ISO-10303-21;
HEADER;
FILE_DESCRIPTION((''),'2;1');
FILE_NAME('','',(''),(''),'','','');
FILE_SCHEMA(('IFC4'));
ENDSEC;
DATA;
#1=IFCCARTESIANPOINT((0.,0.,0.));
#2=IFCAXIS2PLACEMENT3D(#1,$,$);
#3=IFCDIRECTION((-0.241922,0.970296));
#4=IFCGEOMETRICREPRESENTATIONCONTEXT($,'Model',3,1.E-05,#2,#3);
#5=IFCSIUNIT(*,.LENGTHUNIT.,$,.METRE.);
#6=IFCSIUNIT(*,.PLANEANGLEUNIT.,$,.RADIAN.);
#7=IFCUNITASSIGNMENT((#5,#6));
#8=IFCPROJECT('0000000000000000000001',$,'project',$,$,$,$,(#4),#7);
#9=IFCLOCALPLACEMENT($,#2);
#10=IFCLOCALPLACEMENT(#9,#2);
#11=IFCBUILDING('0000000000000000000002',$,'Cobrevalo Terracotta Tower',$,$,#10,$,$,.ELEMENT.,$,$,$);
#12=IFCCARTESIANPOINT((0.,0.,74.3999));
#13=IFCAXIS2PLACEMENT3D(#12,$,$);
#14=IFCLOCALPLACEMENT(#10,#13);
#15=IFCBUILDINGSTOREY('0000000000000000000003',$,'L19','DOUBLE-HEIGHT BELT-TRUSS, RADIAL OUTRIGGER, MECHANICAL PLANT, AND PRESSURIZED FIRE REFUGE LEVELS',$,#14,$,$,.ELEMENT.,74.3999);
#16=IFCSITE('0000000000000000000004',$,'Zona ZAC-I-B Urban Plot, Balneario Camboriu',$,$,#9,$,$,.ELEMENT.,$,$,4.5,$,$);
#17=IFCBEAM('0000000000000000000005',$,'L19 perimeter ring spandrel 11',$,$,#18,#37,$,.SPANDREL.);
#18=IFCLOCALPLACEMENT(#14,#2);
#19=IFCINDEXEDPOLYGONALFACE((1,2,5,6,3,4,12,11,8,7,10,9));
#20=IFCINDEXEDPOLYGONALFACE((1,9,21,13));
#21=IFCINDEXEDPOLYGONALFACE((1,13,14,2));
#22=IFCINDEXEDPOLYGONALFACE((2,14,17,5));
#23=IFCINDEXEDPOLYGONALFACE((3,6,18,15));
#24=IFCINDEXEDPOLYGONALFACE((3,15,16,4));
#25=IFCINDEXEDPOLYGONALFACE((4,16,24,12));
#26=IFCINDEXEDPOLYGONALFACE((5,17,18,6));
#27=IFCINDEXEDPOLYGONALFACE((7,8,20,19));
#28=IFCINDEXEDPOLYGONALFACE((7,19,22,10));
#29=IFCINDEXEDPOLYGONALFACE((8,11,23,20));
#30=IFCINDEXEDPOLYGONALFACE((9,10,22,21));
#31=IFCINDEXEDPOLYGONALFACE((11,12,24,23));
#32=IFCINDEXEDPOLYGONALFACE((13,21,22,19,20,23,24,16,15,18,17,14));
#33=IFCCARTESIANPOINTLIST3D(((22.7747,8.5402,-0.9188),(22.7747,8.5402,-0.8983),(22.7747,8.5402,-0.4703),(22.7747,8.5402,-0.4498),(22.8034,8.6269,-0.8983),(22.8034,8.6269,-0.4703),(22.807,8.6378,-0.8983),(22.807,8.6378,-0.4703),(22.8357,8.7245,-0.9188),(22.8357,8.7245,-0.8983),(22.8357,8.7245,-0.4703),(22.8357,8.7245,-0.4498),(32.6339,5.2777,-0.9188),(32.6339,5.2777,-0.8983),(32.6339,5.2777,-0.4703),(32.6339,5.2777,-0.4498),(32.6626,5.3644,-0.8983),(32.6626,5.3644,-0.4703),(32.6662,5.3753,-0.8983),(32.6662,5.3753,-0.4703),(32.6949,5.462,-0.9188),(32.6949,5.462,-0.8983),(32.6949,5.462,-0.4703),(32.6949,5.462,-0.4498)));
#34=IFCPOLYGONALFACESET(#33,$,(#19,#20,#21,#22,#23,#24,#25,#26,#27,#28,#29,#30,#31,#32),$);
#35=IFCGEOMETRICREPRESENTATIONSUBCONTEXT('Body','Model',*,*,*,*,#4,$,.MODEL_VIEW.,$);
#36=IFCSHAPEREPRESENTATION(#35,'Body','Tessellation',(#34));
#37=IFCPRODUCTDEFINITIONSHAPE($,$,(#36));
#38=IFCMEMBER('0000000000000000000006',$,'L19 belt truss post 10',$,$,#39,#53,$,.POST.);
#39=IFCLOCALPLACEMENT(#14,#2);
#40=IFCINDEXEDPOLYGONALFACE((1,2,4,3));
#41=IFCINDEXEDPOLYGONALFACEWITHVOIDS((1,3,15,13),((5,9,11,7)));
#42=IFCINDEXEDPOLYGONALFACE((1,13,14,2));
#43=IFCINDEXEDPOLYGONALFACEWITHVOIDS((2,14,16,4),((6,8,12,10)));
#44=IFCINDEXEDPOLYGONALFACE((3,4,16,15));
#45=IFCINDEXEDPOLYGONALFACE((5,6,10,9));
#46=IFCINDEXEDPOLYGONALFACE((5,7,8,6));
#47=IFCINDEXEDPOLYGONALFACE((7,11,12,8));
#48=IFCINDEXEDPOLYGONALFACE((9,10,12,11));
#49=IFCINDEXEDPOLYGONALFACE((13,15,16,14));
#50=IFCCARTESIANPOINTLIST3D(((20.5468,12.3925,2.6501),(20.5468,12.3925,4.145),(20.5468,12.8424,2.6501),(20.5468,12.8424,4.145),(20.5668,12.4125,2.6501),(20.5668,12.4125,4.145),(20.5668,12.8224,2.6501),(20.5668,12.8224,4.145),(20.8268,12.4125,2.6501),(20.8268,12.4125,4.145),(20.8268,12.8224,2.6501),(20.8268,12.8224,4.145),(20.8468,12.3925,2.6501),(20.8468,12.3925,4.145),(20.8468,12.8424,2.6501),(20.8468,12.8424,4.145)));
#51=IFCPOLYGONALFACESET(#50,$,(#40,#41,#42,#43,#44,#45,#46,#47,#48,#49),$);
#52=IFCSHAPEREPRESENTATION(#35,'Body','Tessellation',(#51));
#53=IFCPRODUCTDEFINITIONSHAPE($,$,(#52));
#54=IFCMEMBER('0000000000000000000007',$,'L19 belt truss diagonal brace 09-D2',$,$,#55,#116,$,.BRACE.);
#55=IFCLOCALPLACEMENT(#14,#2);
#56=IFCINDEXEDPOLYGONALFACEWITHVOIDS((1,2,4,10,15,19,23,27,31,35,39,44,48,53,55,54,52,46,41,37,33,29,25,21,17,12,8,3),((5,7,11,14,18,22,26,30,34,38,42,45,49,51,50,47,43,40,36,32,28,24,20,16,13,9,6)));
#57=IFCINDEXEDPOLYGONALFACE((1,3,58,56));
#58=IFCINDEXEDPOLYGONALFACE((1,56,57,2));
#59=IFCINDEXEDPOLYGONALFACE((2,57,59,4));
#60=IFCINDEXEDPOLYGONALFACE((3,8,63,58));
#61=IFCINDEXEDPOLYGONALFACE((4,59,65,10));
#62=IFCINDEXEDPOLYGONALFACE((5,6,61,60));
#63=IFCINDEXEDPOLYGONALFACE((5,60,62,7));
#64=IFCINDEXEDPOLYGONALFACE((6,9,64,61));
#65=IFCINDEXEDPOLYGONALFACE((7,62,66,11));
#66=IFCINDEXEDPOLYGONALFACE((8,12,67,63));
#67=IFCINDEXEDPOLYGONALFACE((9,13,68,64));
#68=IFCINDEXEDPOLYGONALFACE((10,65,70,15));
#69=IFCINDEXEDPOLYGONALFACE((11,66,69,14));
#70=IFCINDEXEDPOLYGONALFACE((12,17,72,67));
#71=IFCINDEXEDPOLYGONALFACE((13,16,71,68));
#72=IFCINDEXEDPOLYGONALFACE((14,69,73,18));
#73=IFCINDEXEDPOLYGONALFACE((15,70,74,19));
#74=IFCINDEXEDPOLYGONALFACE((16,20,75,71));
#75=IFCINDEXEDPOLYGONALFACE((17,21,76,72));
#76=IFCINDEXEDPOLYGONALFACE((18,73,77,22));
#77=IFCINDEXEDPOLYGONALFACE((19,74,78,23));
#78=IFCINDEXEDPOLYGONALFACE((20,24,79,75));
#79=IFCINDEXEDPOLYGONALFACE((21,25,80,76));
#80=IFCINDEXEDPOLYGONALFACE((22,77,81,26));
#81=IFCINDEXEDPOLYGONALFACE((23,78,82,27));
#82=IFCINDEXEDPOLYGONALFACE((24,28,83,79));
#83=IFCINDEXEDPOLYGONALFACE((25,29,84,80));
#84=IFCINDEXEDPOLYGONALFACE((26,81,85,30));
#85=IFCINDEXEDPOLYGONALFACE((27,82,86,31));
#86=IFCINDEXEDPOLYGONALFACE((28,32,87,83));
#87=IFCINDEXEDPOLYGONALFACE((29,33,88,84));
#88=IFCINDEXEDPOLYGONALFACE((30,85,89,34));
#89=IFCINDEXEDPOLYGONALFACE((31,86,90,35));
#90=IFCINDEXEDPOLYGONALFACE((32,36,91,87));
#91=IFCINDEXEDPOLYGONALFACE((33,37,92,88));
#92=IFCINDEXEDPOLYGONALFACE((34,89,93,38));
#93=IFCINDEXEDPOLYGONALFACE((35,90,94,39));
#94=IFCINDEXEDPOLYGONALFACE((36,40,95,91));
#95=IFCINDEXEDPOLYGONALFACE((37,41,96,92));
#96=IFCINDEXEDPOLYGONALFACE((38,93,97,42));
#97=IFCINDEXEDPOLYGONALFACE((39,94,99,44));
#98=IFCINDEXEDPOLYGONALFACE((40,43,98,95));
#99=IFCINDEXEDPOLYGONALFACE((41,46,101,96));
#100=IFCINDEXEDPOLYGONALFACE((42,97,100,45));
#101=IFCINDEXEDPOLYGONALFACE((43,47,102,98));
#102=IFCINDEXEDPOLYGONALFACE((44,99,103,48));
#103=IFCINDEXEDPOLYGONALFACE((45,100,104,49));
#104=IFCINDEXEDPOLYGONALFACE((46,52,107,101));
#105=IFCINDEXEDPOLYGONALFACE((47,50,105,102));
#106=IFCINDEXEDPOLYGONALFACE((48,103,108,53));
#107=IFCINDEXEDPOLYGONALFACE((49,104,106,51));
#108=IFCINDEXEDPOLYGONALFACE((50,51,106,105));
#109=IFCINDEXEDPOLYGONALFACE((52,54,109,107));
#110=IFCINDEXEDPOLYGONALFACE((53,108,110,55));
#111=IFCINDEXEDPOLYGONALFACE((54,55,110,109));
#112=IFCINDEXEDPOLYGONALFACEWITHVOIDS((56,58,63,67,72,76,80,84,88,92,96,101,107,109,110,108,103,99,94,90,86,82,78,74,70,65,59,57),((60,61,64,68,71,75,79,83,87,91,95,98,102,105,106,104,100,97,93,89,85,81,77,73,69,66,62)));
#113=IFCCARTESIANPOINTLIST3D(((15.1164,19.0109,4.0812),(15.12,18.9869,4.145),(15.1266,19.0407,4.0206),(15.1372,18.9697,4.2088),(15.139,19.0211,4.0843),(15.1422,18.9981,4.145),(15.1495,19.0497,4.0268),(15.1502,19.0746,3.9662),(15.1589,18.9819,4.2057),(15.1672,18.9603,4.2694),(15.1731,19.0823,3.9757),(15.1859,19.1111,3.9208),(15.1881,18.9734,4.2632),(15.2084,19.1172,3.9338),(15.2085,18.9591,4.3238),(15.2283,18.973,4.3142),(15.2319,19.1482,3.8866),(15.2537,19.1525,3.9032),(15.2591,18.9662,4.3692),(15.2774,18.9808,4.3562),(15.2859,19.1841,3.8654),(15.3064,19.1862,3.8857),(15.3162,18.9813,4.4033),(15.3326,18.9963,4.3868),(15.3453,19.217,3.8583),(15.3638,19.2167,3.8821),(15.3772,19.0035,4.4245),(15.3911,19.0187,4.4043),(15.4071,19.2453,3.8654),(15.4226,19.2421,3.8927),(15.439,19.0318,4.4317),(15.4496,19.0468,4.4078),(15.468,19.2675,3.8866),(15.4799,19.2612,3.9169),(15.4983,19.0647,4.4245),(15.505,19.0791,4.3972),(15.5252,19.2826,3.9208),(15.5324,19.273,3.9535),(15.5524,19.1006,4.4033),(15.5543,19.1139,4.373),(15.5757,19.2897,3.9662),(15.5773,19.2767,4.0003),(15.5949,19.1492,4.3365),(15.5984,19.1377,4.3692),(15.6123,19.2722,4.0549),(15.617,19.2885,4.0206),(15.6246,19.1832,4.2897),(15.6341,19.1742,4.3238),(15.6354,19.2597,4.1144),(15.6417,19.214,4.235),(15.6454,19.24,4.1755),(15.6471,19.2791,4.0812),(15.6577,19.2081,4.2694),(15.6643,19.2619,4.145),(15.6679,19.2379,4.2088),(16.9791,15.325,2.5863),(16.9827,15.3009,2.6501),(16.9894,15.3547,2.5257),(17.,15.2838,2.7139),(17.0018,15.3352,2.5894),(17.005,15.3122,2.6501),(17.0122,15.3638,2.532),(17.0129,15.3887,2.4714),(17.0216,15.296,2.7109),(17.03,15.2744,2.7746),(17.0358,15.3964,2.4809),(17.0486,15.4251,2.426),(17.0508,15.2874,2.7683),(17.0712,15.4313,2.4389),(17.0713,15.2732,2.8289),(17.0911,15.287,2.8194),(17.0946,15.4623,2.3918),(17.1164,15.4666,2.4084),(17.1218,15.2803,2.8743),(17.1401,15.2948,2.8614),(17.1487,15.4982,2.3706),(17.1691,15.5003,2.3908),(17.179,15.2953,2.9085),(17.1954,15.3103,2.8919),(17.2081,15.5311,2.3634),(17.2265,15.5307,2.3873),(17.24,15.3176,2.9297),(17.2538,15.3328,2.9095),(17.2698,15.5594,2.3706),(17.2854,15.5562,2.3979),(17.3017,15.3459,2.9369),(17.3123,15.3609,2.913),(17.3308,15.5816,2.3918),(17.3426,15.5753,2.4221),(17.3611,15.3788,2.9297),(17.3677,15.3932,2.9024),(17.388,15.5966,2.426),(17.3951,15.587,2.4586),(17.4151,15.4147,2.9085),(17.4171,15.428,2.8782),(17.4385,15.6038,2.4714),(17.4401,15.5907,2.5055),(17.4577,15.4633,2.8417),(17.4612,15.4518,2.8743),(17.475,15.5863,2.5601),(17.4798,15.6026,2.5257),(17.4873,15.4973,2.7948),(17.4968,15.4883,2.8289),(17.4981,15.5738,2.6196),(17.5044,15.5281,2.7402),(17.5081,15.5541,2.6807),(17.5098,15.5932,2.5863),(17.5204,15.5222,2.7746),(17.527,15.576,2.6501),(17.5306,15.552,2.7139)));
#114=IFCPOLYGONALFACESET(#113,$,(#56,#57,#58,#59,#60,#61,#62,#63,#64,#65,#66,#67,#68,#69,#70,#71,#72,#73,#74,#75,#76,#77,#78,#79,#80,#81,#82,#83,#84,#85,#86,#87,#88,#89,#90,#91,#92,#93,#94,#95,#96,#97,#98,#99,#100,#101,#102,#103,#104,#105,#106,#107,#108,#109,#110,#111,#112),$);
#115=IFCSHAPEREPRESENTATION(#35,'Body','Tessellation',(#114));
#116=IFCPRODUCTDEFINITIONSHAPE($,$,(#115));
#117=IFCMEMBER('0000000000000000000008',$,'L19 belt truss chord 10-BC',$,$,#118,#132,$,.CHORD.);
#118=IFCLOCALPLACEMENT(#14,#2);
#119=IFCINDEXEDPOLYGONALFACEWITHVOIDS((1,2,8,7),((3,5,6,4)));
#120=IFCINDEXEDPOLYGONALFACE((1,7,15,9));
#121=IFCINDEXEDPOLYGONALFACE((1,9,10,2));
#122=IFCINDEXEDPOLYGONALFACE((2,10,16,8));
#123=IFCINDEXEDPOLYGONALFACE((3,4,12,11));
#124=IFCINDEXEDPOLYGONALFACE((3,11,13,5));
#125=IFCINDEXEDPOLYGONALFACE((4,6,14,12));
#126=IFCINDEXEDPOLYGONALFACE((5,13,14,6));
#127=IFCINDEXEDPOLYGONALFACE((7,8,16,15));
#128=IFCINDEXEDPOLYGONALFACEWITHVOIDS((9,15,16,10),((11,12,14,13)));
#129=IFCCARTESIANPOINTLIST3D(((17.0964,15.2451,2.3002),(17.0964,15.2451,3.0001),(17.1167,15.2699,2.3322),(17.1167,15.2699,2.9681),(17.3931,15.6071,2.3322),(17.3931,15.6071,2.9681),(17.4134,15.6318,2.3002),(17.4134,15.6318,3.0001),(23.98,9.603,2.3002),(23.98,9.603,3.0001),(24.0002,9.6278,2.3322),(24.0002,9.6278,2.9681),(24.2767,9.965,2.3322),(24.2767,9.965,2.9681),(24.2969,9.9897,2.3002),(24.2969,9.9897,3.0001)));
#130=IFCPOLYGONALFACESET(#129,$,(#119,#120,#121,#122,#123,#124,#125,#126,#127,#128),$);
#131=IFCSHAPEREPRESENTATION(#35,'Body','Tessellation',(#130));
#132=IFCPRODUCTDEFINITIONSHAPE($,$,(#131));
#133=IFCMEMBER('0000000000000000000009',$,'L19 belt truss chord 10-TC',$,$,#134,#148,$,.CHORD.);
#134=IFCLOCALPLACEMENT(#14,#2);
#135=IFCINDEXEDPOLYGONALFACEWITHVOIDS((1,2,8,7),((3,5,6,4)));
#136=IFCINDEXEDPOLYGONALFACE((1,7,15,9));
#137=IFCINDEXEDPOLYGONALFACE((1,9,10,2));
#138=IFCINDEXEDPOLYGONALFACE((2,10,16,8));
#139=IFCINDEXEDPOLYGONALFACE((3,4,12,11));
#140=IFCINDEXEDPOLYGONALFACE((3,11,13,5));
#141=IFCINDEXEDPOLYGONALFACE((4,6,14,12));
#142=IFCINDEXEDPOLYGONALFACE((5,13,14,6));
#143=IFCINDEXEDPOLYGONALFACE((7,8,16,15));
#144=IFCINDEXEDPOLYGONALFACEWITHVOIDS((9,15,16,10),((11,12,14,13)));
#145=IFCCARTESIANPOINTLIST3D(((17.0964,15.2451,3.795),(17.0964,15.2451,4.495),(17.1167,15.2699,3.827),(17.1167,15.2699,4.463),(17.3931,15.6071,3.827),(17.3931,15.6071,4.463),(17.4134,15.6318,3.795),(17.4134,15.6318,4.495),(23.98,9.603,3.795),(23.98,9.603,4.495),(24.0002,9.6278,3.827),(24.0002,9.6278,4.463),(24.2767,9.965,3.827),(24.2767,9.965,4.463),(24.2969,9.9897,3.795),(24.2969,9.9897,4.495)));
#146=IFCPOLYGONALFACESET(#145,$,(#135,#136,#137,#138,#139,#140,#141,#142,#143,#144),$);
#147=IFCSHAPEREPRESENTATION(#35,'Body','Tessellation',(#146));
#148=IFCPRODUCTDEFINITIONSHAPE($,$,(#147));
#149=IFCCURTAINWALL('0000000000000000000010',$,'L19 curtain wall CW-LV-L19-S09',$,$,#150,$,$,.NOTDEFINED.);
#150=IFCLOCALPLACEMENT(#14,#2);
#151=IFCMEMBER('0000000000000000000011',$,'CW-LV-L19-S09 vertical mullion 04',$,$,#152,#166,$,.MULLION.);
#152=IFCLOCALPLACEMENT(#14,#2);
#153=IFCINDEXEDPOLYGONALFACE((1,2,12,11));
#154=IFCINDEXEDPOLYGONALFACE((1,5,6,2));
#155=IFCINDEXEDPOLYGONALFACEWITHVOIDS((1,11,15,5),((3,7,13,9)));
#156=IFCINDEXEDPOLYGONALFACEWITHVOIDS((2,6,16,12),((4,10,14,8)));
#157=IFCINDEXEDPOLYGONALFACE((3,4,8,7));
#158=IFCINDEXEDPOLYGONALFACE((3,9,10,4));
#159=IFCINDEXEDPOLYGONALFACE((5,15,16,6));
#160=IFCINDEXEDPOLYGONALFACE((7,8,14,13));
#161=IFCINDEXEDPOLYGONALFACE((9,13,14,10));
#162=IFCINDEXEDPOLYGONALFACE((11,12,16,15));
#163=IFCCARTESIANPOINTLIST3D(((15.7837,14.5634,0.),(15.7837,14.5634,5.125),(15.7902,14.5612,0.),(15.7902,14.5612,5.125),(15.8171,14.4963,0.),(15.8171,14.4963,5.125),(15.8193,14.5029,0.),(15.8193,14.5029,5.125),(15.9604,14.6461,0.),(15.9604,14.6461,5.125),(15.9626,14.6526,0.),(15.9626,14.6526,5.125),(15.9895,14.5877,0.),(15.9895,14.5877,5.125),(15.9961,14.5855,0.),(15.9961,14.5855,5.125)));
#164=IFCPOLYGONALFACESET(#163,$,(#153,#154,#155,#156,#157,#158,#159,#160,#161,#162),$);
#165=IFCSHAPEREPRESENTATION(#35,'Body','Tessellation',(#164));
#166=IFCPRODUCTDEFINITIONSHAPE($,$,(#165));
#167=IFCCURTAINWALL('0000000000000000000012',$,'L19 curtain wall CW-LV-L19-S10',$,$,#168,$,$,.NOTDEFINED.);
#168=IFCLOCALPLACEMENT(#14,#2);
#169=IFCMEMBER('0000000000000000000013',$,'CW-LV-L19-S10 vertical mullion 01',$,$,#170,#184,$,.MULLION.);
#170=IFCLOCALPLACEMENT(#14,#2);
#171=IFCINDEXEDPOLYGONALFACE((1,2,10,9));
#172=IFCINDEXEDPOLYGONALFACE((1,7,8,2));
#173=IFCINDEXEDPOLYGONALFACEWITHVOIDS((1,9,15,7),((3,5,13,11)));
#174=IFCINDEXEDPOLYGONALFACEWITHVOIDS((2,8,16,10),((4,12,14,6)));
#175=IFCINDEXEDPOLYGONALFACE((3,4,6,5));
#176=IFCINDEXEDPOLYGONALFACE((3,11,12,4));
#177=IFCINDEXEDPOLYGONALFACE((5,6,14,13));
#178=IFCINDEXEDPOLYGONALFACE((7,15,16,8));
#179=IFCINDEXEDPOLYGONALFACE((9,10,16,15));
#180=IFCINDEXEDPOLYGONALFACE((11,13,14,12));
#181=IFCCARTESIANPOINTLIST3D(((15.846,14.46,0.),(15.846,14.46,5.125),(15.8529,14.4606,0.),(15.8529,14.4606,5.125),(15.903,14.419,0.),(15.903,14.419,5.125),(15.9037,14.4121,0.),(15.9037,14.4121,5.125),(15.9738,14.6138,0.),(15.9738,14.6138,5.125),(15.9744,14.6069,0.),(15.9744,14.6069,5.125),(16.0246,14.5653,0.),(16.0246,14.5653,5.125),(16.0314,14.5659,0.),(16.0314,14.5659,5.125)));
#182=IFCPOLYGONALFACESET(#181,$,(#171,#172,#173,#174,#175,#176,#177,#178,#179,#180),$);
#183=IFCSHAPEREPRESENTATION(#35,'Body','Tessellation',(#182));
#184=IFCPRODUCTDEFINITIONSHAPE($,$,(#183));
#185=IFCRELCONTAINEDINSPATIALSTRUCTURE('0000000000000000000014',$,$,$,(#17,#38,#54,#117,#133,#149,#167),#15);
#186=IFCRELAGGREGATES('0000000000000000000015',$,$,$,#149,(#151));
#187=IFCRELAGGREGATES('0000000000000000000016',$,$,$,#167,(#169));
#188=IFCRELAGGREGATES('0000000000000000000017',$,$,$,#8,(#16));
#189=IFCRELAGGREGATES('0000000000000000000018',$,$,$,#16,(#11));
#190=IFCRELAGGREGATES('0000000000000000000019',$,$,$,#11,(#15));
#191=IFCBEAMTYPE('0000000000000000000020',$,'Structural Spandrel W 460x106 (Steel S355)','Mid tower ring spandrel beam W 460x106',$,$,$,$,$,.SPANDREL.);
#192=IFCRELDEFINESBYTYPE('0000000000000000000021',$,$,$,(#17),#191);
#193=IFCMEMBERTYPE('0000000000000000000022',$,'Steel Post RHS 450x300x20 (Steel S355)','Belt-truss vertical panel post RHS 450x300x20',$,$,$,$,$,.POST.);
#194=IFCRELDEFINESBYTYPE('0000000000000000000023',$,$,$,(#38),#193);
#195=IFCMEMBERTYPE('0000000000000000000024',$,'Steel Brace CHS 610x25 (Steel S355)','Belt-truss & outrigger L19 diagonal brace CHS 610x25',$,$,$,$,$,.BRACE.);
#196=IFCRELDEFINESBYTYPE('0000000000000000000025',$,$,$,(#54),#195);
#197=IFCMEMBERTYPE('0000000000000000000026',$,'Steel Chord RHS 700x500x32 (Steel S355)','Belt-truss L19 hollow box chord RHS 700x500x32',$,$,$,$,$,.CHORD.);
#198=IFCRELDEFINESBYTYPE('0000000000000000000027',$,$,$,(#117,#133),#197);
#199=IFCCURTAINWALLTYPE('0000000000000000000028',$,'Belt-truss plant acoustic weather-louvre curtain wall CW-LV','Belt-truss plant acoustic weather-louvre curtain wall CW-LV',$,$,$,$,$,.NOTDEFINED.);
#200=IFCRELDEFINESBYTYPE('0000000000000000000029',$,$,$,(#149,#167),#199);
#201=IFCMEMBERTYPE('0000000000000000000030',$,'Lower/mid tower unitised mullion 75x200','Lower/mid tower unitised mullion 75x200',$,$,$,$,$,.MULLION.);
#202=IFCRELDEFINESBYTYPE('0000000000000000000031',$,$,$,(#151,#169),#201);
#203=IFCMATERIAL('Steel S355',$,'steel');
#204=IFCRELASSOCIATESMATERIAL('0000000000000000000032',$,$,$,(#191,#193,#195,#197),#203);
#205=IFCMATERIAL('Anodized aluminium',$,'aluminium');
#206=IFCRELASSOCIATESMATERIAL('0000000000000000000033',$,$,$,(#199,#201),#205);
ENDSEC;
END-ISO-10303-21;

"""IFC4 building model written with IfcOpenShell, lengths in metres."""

from ifc_helpers import new_model, si_unit, direction, frame, origin, origin_2d, place, context, subcontext, project, spatial, hollow_rectangle, hollow_circle, i_section, extrude, source, transform, mapped, material, material_profile, profile_set, type_object, element, aggregate, save


model = new_model("IFC4")

# Units and contexts
model_context = context("Model", 3, precision=1e-05, world=origin(), true_north=direction((-0.241922, 0.970296)))
body_context = subcontext(model_context, "Body", "Model", "MODEL_VIEW")
ifc_project = project(units=[si_unit("LENGTHUNIT", "METRE"), si_unit("PLANEANGLEUNIT", "RADIAN")], contexts=[model_context])

# Site, building, storey
site_placement = place(None, origin())
site = spatial("IfcSite", under=ifc_project, at=site_placement, Name="Zona ZAC-I-B Urban Plot, Balneario Camboriu", CompositionType="ELEMENT", RefElevation=4.5)
building_placement = place(site_placement, origin())
building = spatial("IfcBuilding", under=site, at=building_placement, Name="Cobrevalo Terracotta Tower", CompositionType="ELEMENT")
storey_placement = place(building_placement, frame((0.0, 0.0, 74.3999)))
storey = spatial("IfcBuildingStorey", under=building, at=storey_placement, Name="L19", Description="DOUBLE-HEIGHT BELT-TRUSS, RADIAL OUTRIGGER, MECHANICAL PLANT, AND PRESSURIZED FIRE REFUGE LEVELS", CompositionType="ELEMENT", Elevation=74.3999)

# Shared definitions
ifc_material_1 = material(Name="Steel S355", Category="steel")

# Beam
ifc_material_profile_1 = material_profile(ifc_material_1, i_section(OverallWidth=0.1941, OverallDepth=0.469, WebThickness=0.0115, FlangeThickness=0.0205, at=origin_2d()), Name="W 460x106")
ifc_profile_set_1 = profile_set([ifc_material_profile_1], Name="Steel S355")
beam_type_1 = type_object("IfcBeamType", Name="Structural Spandrel W 460x106 (Steel S355)", Description="Mid tower ring spandrel beam W 460x106", PredefinedType="SPANDREL", material=ifc_profile_set_1)
beam_1_placement = place(storey_placement, frame((22.8052, 8.6323, -0.6843), z_axis=(0.949372, -0.314153, 0.0), x_axis=(0.314153, 0.949372, 0.0)))
element("IfcBeam", 1, at=beam_1_placement, inside=storey, type_object=beam_type_1, Name="L19 perimeter ring spandrel 11", PredefinedType="SPANDREL", context=body_context, shape_type="SweptSolid", body=[
    extrude(i_section(OverallWidth=0.1941, OverallDepth=0.469, WebThickness=0.0115, FlangeThickness=0.0205, at=origin_2d()), origin(), (0.0, 0.0, 1.0), 10.385),
])

# Members
ifc_material_profile_2 = material_profile(ifc_material_1, hollow_rectangle(XDim=0.3, YDim=0.45, WallThickness=0.02, at=origin_2d()), Name="RHS 450x300x20")
ifc_profile_set_2 = profile_set([ifc_material_profile_2], Name="Steel S355")
member_type_1 = type_object("IfcMemberType", Name="Steel Post RHS 450x300x20 (Steel S355)", Description="Belt-truss vertical panel post RHS 450x300x20", PredefinedType="POST", material=ifc_profile_set_2)
shared_shape_1 = source(origin(), body_context, "Body", "SweptSolid", [
    extrude(hollow_rectangle(XDim=0.3, YDim=0.45, WallThickness=0.02, at=origin_2d()), origin(), (0.0, 0.0, 1.0), 1.4949),
])
member_1_placement = place(storey_placement, frame((20.6968, 12.6174, 2.6501), z_axis=(0.0, 0.0, 1.0), x_axis=(1.0, 0.0, 0.0)))
element("IfcMember", 2, at=member_1_placement, inside=storey, type_object=member_type_1, Name="L19 belt truss post 10", PredefinedType="POST", context=body_context, shape_type="MappedRepresentation", body=[
    mapped(shared_shape_1, transform((0.0, 0.0, 0.0), scale=1.0)),
])
ifc_material_profile_3 = material_profile(ifc_material_1, hollow_circle(Radius=0.3049, WallThickness=0.0249, at=origin_2d()), Name="CHS 610x25")
ifc_profile_set_3 = profile_set([ifc_material_profile_3], Name="Steel S355")
member_type_2 = type_object("IfcMemberType", Name="Steel Brace CHS 610x25 (Steel S355)", Description="Belt-truss & outrigger L19 diagonal brace CHS 610x25", PredefinedType="BRACE", material=ifc_profile_set_3)
shared_shape_2 = source(origin(), body_context, "Body", "SweptSolid", [
    extrude(hollow_circle(Radius=0.3049, WallThickness=0.0249, at=origin_2d()), origin(), (0.0, 0.0, 1.0), 4.3921),
])
member_2_placement = place(storey_placement, frame((17.2549, 15.4385, 2.6501), z_axis=(-0.424113, 0.839221, 0.340347), x_axis=(-0.892504, -0.45104, 0.0)))
element("IfcMember", 3, at=member_2_placement, inside=storey, type_object=member_type_2, Name="L19 belt truss diagonal brace 09-D2", PredefinedType="BRACE", context=body_context, shape_type="MappedRepresentation", body=[
    mapped(shared_shape_2, transform((0.0, 0.0, 0.0), scale=1.0)),
])
ifc_material_profile_4 = material_profile(ifc_material_1, hollow_rectangle(XDim=0.5, YDim=0.7, WallThickness=0.032, at=origin_2d()), Name="RHS 700x500x32")
ifc_profile_set_4 = profile_set([ifc_material_profile_4], Name="Steel S355")
member_type_3 = type_object("IfcMemberType", Name="Steel Chord RHS 700x500x32 (Steel S355)", Description="Belt-truss L19 hollow box chord RHS 700x500x32", PredefinedType="CHORD", material=ifc_profile_set_4)
shared_shape_3 = source(origin(), body_context, "Body", "SweptSolid", [
    extrude(hollow_rectangle(XDim=0.5, YDim=0.7, WallThickness=0.032, at=origin_2d()), origin(), (0.0, 0.0, 1.0), 8.9004),
])
for number, where, z_axis, x_axis, name in (
    (4, (17.2549, 15.4385, 2.6501), (0.773401, -0.633917, 0.0), (0.633917, 0.773401, 0.0), "L19 belt truss chord 10-BC"),
    (5, (17.2549, 15.4385, 4.145), (0.773401, -0.633917, 0.0), (0.633917, 0.773401, 0.0), "L19 belt truss chord 10-TC"),
):
    element("IfcMember", number, at=place(storey_placement, frame(where, z_axis=z_axis, x_axis=x_axis)), inside=storey, type_object=member_type_3, Name=name, PredefinedType="CHORD", context=body_context, shape_type="MappedRepresentation", body=[
        mapped(shared_shape_3, transform((0.0, 0.0, 0.0), scale=1.0)),
    ])

# Curtain wall, member
ifc_material_2 = material(Name="Anodized aluminium", Category="aluminium")
curtain_wall_type = type_object("IfcCurtainWallType", Name="Belt-truss plant acoustic weather-louvre curtain wall CW-LV", Description="Belt-truss plant acoustic weather-louvre curtain wall CW-LV", PredefinedType="NOTDEFINED", material=ifc_material_2)
curtain_wall_1_placement = place(storey_placement, origin())
curtain_wall_1 = element("IfcCurtainWall", 6, at=curtain_wall_1_placement, inside=storey, type_object=curtain_wall_type, Name="L19 curtain wall CW-LV-L19-S09", PredefinedType="NOTDEFINED")
ifc_material_profile_5 = material_profile(ifc_material_2, hollow_rectangle(XDim=0.075, YDim=0.2, WallThickness=0.0049, at=origin_2d()), Name="CWM 75x200")
ifc_profile_set_5 = profile_set([ifc_material_profile_5], Name="Anodized aluminium")
member_type_4 = type_object("IfcMemberType", Name="Lower/mid tower unitised mullion 75x200", Description="Lower/mid tower unitised mullion 75x200", PredefinedType="MULLION", material=ifc_profile_set_5)
shared_shape_4 = source(origin(), body_context, "Body", "SweptSolid", [
    extrude(hollow_rectangle(XDim=0.075, YDim=0.2, WallThickness=0.0049, at=origin_2d()), origin(), (0.0, 0.0, 1.0), 5.125),
])
member_3_placement = place(storey_placement, frame((15.8899, 14.5745, 0.0), z_axis=(0.0, 0.0, 1.0), x_axis=(0.44626, -0.894903, 0.0)))
member_3 = element("IfcMember", 7, at=member_3_placement, type_object=member_type_4, Name="CW-LV-L19-S09 vertical mullion 04", PredefinedType="MULLION", context=body_context, shape_type="MappedRepresentation", body=[
    mapped(shared_shape_4, transform((0.0, 0.0, 0.0), scale=1.0)),
])
aggregate(curtain_wall_1, [member_3])

# Curtain wall, member
curtain_wall_2_placement = place(storey_placement, origin())
curtain_wall_2 = element("IfcCurtainWall", 8, at=curtain_wall_2_placement, inside=storey, type_object=curtain_wall_type, Name="L19 curtain wall CW-LV-L19-S10", PredefinedType="NOTDEFINED")
member_4_placement = place(storey_placement, frame((15.9387, 14.5129, 0.0), z_axis=(0.0, 0.0, 1.0), x_axis=(0.769243, -0.638956, 0.0)))
member_4 = element("IfcMember", 9, at=member_4_placement, type_object=member_type_4, Name="CW-LV-L19-S10 vertical mullion 01", PredefinedType="MULLION", context=body_context, shape_type="MappedRepresentation", body=[
    mapped(shared_shape_4, transform((0.0, 0.0, 0.0), scale=1.0)),
])

aggregate(curtain_wall_2, [member_4])

save(model, "model.ifc")
